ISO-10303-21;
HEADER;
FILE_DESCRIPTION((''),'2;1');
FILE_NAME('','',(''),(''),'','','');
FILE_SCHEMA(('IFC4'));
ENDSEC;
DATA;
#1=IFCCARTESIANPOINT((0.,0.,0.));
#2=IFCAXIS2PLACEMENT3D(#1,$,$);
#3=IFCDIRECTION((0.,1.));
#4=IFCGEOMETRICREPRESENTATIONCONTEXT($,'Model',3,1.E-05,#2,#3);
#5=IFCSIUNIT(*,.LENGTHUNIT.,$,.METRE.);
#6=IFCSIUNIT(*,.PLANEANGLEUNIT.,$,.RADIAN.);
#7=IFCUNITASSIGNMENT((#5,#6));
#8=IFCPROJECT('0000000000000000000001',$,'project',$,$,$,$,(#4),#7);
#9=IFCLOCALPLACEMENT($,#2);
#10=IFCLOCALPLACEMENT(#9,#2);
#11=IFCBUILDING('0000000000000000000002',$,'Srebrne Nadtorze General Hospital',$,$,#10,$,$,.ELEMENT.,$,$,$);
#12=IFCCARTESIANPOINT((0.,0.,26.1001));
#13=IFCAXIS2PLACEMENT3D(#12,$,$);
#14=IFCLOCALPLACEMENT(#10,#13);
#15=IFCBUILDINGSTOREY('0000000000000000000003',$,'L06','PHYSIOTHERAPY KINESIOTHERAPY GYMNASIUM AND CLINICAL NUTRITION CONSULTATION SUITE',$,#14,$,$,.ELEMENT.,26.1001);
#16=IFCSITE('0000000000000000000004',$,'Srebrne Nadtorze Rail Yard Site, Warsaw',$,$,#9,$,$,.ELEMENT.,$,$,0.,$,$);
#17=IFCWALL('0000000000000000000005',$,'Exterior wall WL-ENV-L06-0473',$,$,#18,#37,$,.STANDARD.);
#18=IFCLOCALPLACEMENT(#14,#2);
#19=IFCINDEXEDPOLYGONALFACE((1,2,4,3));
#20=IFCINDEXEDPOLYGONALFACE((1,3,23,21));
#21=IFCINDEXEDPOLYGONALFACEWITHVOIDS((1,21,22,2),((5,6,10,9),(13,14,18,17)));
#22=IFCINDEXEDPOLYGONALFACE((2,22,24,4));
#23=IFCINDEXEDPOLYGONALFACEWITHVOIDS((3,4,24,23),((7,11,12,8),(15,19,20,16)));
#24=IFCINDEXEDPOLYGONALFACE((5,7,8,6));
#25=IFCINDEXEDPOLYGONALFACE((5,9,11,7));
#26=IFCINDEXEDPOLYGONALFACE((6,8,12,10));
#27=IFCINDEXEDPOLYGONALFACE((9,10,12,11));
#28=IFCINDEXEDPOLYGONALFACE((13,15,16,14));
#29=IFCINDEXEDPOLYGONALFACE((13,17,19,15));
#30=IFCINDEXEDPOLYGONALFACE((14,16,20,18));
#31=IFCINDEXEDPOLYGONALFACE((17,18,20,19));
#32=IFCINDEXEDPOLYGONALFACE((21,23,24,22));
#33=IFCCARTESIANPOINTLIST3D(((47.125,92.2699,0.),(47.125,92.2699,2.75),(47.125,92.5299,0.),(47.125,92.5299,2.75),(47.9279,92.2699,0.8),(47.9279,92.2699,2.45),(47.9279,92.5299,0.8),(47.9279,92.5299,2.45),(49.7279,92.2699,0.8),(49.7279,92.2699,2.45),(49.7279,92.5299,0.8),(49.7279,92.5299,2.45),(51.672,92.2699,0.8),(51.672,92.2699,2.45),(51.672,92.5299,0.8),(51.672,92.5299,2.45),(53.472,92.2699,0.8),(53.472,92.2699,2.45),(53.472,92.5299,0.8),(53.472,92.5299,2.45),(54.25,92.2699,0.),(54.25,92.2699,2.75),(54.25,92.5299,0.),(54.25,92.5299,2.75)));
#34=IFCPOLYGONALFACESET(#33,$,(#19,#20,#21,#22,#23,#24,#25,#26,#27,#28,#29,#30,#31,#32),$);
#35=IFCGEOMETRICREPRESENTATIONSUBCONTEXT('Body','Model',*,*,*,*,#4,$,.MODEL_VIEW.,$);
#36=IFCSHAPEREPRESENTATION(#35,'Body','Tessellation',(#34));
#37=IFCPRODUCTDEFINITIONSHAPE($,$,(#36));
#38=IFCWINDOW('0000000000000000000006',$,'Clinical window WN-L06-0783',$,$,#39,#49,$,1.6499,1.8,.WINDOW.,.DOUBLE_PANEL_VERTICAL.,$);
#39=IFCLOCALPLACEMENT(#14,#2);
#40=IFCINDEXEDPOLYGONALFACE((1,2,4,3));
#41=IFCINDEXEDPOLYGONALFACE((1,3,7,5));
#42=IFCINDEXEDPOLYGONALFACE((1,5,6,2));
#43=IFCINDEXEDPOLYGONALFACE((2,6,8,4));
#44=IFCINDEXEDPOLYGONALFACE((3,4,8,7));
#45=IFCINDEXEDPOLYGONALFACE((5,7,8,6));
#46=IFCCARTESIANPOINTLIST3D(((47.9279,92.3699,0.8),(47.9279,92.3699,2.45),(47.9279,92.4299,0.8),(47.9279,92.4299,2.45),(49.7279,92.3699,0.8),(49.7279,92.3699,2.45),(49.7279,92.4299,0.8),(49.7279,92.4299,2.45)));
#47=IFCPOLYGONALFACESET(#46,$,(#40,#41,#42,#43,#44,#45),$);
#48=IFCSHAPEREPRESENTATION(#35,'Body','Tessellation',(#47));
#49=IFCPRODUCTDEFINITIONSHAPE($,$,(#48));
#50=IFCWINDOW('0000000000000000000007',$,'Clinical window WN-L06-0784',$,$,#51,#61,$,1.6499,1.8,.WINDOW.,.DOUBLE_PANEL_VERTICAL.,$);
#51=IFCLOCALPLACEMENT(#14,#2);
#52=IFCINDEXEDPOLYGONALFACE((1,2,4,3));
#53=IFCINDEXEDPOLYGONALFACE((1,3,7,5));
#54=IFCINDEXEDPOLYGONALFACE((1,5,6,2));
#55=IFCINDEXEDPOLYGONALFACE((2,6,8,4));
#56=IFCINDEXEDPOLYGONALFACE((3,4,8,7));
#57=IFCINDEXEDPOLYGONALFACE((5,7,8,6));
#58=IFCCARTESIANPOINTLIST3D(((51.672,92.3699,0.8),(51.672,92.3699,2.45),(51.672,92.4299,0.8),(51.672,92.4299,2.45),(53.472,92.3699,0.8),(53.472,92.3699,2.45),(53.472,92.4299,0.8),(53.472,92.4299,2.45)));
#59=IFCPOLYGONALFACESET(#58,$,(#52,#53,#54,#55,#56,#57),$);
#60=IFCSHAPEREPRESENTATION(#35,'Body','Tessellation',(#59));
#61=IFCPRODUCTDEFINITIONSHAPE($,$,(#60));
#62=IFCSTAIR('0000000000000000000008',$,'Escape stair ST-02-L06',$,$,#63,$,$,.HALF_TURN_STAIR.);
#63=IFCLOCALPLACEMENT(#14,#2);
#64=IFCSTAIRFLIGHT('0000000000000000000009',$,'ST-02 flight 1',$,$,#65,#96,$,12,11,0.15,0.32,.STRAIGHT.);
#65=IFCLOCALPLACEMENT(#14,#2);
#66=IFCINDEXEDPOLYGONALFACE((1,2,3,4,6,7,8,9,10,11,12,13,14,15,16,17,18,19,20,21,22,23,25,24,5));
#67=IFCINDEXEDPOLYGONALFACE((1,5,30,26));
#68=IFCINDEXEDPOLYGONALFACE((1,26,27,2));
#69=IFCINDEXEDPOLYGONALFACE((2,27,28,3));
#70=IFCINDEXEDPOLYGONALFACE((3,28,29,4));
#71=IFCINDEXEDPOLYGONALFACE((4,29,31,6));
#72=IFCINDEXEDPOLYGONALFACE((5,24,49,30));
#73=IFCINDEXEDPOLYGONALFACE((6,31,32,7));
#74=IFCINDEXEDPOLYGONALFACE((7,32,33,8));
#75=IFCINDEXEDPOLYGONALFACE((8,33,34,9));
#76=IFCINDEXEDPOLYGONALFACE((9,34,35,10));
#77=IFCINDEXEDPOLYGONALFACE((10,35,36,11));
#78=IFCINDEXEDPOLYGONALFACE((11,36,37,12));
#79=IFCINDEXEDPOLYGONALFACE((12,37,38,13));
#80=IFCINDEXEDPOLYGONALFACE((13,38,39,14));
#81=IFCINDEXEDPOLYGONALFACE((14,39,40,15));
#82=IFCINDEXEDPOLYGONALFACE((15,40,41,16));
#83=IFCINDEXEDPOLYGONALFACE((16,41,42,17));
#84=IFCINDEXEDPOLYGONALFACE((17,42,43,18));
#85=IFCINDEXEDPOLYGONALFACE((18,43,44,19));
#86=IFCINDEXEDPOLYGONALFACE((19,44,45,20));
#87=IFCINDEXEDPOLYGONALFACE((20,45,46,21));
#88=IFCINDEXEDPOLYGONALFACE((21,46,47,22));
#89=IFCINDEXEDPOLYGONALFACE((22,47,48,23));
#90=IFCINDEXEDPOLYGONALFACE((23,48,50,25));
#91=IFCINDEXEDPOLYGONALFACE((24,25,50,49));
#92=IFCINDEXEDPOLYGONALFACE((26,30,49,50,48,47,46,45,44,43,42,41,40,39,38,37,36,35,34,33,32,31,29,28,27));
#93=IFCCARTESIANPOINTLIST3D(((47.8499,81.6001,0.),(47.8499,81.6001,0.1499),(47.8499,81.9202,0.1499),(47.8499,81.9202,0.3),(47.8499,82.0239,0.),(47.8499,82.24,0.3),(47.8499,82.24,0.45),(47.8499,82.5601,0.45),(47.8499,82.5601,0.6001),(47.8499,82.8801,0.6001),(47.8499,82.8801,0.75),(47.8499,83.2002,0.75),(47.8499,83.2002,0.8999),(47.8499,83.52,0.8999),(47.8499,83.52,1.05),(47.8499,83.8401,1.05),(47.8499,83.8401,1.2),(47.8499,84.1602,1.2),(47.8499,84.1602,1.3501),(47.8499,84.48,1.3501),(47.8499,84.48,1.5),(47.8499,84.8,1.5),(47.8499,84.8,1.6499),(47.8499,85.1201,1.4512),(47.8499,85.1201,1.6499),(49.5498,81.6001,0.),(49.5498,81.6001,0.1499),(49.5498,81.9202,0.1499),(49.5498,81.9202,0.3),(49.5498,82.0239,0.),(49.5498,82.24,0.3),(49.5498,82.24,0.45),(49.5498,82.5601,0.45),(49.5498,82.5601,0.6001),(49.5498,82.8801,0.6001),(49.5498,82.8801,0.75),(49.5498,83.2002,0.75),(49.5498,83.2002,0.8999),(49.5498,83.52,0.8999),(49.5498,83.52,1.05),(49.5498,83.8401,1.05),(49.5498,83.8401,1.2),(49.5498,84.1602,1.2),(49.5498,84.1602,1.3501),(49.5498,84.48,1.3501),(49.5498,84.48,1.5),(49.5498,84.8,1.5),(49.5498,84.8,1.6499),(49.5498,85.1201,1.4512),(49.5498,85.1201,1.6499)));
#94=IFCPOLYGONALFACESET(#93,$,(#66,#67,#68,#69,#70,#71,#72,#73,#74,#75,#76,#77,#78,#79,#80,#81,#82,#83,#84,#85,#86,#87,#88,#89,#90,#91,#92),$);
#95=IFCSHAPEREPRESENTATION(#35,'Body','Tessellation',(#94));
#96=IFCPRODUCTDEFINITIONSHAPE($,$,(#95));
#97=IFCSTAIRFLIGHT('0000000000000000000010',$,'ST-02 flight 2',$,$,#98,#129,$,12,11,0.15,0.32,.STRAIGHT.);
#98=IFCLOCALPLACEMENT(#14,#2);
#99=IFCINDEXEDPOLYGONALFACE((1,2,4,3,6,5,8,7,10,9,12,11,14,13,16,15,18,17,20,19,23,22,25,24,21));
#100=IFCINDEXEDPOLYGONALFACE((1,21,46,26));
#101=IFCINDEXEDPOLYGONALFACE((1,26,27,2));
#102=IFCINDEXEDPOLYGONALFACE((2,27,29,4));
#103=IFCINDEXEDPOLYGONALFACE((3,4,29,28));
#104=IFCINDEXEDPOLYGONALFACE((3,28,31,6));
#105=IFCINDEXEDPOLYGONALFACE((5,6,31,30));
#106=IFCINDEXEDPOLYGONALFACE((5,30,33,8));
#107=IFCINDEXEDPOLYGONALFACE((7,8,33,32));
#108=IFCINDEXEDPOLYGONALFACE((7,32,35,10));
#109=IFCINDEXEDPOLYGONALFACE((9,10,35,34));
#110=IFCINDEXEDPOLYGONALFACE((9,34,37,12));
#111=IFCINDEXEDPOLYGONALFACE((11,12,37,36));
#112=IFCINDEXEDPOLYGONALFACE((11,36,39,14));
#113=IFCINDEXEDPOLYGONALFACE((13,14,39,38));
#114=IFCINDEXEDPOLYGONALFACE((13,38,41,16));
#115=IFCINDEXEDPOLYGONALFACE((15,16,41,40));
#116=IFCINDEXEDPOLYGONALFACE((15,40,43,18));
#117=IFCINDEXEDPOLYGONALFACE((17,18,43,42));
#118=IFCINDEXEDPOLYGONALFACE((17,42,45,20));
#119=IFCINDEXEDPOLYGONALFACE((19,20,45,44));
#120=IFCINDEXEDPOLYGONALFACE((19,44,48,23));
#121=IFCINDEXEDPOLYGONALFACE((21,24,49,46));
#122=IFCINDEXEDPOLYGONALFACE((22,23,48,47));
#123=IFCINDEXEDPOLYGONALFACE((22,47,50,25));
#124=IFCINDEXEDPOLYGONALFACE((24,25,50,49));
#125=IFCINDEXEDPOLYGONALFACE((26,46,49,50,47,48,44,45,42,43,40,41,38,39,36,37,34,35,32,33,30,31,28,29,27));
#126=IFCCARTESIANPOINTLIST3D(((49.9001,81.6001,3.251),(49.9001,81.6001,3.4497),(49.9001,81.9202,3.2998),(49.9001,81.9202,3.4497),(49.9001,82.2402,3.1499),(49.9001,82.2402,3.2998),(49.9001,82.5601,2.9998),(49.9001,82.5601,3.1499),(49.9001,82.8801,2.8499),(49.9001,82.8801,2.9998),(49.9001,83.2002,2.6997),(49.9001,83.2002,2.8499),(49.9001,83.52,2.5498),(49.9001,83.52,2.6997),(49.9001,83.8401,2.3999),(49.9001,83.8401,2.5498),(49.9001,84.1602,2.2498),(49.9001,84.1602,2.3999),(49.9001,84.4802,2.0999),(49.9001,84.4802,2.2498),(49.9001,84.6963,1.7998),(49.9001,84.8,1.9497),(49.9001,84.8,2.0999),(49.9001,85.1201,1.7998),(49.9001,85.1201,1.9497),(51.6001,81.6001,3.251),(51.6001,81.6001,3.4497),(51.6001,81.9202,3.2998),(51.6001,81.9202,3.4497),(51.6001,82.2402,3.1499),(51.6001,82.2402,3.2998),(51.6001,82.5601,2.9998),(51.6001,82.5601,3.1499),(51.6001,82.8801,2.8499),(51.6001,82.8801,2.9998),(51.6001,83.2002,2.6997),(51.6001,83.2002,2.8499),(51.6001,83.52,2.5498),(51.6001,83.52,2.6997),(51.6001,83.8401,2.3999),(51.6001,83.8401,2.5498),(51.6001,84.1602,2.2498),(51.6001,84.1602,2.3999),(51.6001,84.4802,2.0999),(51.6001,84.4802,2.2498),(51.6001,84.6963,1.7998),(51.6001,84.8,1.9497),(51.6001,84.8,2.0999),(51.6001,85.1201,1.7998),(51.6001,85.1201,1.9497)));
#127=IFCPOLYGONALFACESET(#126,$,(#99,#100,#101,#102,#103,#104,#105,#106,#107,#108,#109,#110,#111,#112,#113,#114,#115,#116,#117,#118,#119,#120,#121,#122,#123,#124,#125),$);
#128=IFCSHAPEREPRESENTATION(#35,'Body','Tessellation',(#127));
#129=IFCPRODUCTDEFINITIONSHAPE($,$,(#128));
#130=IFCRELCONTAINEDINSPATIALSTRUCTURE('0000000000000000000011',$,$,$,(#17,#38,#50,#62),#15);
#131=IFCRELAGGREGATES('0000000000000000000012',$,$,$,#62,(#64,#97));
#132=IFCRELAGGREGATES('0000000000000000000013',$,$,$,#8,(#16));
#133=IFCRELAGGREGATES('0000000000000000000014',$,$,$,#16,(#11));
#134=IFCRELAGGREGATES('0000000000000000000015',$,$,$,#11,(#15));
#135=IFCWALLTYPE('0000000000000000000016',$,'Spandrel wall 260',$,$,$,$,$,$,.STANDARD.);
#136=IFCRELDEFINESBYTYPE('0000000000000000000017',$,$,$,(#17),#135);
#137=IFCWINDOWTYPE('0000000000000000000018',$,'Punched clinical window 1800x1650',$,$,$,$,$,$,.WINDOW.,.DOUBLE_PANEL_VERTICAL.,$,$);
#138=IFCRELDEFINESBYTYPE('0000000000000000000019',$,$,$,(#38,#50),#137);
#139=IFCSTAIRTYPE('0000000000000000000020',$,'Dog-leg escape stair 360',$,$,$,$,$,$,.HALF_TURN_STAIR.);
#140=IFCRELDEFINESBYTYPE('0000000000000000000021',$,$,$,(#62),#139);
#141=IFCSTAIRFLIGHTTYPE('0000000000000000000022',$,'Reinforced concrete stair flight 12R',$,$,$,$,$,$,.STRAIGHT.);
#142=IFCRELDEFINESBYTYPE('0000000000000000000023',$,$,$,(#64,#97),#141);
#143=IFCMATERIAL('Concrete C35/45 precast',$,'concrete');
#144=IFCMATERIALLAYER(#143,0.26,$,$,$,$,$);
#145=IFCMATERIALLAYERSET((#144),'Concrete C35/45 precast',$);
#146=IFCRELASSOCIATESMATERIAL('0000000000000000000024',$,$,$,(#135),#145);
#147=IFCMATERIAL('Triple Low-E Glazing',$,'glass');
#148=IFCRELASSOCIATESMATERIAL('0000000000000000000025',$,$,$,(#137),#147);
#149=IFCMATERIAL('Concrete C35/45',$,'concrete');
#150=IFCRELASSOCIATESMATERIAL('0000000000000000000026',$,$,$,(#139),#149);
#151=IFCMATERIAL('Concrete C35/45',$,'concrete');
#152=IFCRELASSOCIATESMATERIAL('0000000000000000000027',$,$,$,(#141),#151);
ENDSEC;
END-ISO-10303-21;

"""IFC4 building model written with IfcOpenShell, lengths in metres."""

from ifc_helpers import new_model, si_unit, direction, frame, frame_2d, origin, place, context, subcontext, project, spatial, polyline, rectangle, outline, extrude, material, layer, layer_set, type_object, element, fill, aggregate, save


model = new_model("IFC4")

# Units and contexts
model_context = context("Model", 3, precision=1e-05, world=origin(), true_north=direction((0.0, 1.0)))
body_context = subcontext(model_context, "Body", "Model", "MODEL_VIEW")
ifc_project = project(units=[si_unit("LENGTHUNIT", "METRE"), si_unit("PLANEANGLEUNIT", "RADIAN")], contexts=[model_context])

# Site, building, storey
site_placement = place(None, origin())
site = spatial("IfcSite", under=ifc_project, at=site_placement, Name="Srebrne Nadtorze Rail Yard Site, Warsaw", CompositionType="ELEMENT", RefElevation=0.0)
building_placement = place(site_placement, origin())
building = spatial("IfcBuilding", under=site, at=building_placement, Name="Srebrne Nadtorze General Hospital", CompositionType="ELEMENT")
storey_placement = place(building_placement, frame((0.0, 0.0, 26.1001)))
storey = spatial("IfcBuildingStorey", under=building, at=storey_placement, Name="L06", Description="PHYSIOTHERAPY KINESIOTHERAPY GYMNASIUM AND CLINICAL NUTRITION CONSULTATION SUITE", CompositionType="ELEMENT", Elevation=26.1001)

# Wall, openings, windows
ifc_material_1 = material(Name="Concrete C35/45 precast", Category="concrete")
ifc_layer_1 = layer(ifc_material_1, 0.26)
ifc_layer_set_1 = layer_set([ifc_layer_1], Name="Concrete C35/45 precast")
wall_type_1 = type_object("IfcWallType", Name="Spandrel wall 260", PredefinedType="STANDARD", material=ifc_layer_set_1)
wall_1_placement = place(storey_placement, frame((47.125, 92.3999, 0.0), z_axis=(0.0, 0.0, 1.0), x_axis=(1.0, 0.0, 0.0)))
wall_1 = element("IfcWall", 1, at=wall_1_placement, inside=storey, type_object=wall_type_1, Name="Exterior wall WL-ENV-L06-0473", PredefinedType="STANDARD", context=body_context, shape_type="SweptSolid", body=[
    extrude(rectangle(XDim=7.125, YDim=0.26, at=frame_2d((3.5625, 0.0))), origin(), (0.0, 0.0, 1.0), 2.75),
])
opening_1_placement = place(wall_1_placement, frame((0.803, 0.0, 0.8)))
opening_1 = element("IfcOpeningElement", 2, at=opening_1_placement, cuts=wall_1, PredefinedType="OPENING", context=body_context, shape_type="SweptSolid", body=[
    extrude(rectangle(XDim=1.8, YDim=1.6499, at=frame_2d((0.8999, 0.825))), frame((0.0, 0.1421, 0.0), z_axis=(0.0, -1.0, 0.0), x_axis=(1.0, 0.0, 0.0)), (0.0, 0.0, 1.0), 0.2839),
])
opening_2_placement = place(wall_1_placement, frame((4.5471, 0.0, 0.8)))
opening_2 = element("IfcOpeningElement", 3, at=opening_2_placement, cuts=wall_1, PredefinedType="OPENING", context=body_context, shape_type="SweptSolid", body=[
    extrude(rectangle(XDim=1.8, YDim=1.6499, at=frame_2d((0.8999, 0.825))), frame((0.0, 0.1421, 0.0), z_axis=(0.0, -1.0, 0.0), x_axis=(1.0, 0.0, 0.0)), (0.0, 0.0, 1.0), 0.2839),
])
ifc_material_2 = material(Name="Triple Low-E Glazing", Category="glass")
window_type_1 = type_object("IfcWindowType", Name="Punched clinical window 1800x1650", PartitioningType="DOUBLE_PANEL_VERTICAL", PredefinedType="WINDOW", material=ifc_material_2)
window_1_placement = place(opening_1_placement, origin())
window_1 = element("IfcWindow", 4, at=window_1_placement, inside=storey, type_object=window_type_1, Name="Clinical window WN-L06-0783", OverallHeight=1.6499, OverallWidth=1.8, PartitioningType="DOUBLE_PANEL_VERTICAL", PredefinedType="WINDOW", context=body_context, shape_type="SweptSolid", body=[
    extrude(rectangle(XDim=1.8, YDim=1.6499, at=frame_2d((0.8999, 0.825))), frame((0.0, 0.03, 0.0), z_axis=(0.0, -1.0, 0.0), x_axis=(1.0, 0.0, 0.0)), (0.0, 0.0, 1.0), 0.0601),
])
fill(opening_1, window_1)
window_2_placement = place(opening_2_placement, origin())
window_2 = element("IfcWindow", 5, at=window_2_placement, inside=storey, type_object=window_type_1, Name="Clinical window WN-L06-0784", OverallHeight=1.6499, OverallWidth=1.8, PartitioningType="DOUBLE_PANEL_VERTICAL", PredefinedType="WINDOW", context=body_context, shape_type="SweptSolid", body=[
    extrude(rectangle(XDim=1.8, YDim=1.6499, at=frame_2d((0.8999, 0.825))), frame((0.0, 0.03, 0.0), z_axis=(0.0, -1.0, 0.0), x_axis=(1.0, 0.0, 0.0)), (0.0, 0.0, 1.0), 0.0601),
])
fill(opening_2, window_2)

# Stair, stair flights
ifc_material_3 = material(Name="Concrete C35/45", Category="concrete")
stair_type = type_object("IfcStairType", Name="Dog-leg escape stair 360", PredefinedType="HALF_TURN_STAIR", material=ifc_material_3)
stair_placement = place(storey_placement, origin())
stair = element("IfcStair", 6, at=stair_placement, inside=storey, type_object=stair_type, Name="Escape stair ST-02-L06", PredefinedType="HALF_TURN_STAIR")
ifc_material_4 = material(Name="Concrete C35/45", Category="concrete")
stair_flight_type = type_object("IfcStairFlightType", Name="Reinforced concrete stair flight 12R", PredefinedType="STRAIGHT", material=ifc_material_4)
stair_flight_1_placement = place(storey_placement, frame((48.7, 81.6001, 0.0), z_axis=(0.0, 0.0, 1.0), x_axis=(0.0, 1.0, 0.0)))
stair_flight_1 = element("IfcStairFlight", 7, at=stair_flight_1_placement, type_object=stair_flight_type, Name="ST-02 flight 1", NumberOfRisers=12, NumberOfTreads=11, PredefinedType="STRAIGHT", RiserHeight=0.15, TreadLength=0.32, context=body_context, shape_type="SweptSolid", body=[
    extrude(outline(polyline([(0.0, 0.0), (0.0, 0.1499), (0.3201, 0.1499), (0.3201, 0.3), (0.6399, 0.3), (0.6399, 0.45), (0.96, 0.45), (0.96, 0.6001), (1.28, 0.6001), (1.28, 0.75), (1.6001, 0.75), (1.6001, 0.8999), (1.9199, 0.8999), (1.9199, 1.05), (2.24, 1.05), (2.24, 1.2), (2.5601, 1.2), (2.5601, 1.3501), (2.8799, 1.3501), (2.8799, 1.5), (3.2, 1.5), (3.2, 1.6499), (3.52, 1.6499), (3.52, 1.8), (3.52, 1.4512), (0.4238, 0.0), (0.0, 0.0)])), frame((0.0, 0.8501, 0.0), z_axis=(0.0, -1.0, 0.0), x_axis=(1.0, 0.0, 0.0)), (0.0, 0.0, 1.0), 1.7),
])
stair_flight_2_placement = place(storey_placement, frame((50.75, 85.1201, 1.7998), z_axis=(0.0, 0.0, 1.0), x_axis=(0.0, -1.0, 0.0)))
stair_flight_2 = element("IfcStairFlight", 8, at=stair_flight_2_placement, type_object=stair_flight_type, Name="ST-02 flight 2", NumberOfRisers=12, NumberOfTreads=11, PredefinedType="STRAIGHT", RiserHeight=0.15, TreadLength=0.32, context=body_context, shape_type="SweptSolid", body=[
    extrude(outline(polyline([(0.0, 0.0), (0.0, 0.1499), (0.3201, 0.1499), (0.3201, 0.3), (0.6399, 0.3), (0.6399, 0.45), (0.96, 0.45), (0.96, 0.6001), (1.28, 0.6001), (1.28, 0.75), (1.6001, 0.75), (1.6001, 0.8999), (1.9199, 0.8999), (1.9199, 1.05), (2.24, 1.05), (2.24, 1.2), (2.5601, 1.2), (2.5601, 1.3501), (2.8799, 1.3501), (2.8799, 1.5), (3.2, 1.5), (3.2, 1.6499), (3.52, 1.6499), (3.52, 1.8), (3.52, 1.4512), (0.4238, 0.0), (0.0, 0.0)])), frame((0.0, 0.8501, 0.0), z_axis=(0.0, -1.0, 0.0), x_axis=(1.0, 0.0, 0.0)), (0.0, 0.0, 1.0), 1.7),
])
aggregate(stair, [stair_flight_1, stair_flight_2])

save(model, "model.ifc")
